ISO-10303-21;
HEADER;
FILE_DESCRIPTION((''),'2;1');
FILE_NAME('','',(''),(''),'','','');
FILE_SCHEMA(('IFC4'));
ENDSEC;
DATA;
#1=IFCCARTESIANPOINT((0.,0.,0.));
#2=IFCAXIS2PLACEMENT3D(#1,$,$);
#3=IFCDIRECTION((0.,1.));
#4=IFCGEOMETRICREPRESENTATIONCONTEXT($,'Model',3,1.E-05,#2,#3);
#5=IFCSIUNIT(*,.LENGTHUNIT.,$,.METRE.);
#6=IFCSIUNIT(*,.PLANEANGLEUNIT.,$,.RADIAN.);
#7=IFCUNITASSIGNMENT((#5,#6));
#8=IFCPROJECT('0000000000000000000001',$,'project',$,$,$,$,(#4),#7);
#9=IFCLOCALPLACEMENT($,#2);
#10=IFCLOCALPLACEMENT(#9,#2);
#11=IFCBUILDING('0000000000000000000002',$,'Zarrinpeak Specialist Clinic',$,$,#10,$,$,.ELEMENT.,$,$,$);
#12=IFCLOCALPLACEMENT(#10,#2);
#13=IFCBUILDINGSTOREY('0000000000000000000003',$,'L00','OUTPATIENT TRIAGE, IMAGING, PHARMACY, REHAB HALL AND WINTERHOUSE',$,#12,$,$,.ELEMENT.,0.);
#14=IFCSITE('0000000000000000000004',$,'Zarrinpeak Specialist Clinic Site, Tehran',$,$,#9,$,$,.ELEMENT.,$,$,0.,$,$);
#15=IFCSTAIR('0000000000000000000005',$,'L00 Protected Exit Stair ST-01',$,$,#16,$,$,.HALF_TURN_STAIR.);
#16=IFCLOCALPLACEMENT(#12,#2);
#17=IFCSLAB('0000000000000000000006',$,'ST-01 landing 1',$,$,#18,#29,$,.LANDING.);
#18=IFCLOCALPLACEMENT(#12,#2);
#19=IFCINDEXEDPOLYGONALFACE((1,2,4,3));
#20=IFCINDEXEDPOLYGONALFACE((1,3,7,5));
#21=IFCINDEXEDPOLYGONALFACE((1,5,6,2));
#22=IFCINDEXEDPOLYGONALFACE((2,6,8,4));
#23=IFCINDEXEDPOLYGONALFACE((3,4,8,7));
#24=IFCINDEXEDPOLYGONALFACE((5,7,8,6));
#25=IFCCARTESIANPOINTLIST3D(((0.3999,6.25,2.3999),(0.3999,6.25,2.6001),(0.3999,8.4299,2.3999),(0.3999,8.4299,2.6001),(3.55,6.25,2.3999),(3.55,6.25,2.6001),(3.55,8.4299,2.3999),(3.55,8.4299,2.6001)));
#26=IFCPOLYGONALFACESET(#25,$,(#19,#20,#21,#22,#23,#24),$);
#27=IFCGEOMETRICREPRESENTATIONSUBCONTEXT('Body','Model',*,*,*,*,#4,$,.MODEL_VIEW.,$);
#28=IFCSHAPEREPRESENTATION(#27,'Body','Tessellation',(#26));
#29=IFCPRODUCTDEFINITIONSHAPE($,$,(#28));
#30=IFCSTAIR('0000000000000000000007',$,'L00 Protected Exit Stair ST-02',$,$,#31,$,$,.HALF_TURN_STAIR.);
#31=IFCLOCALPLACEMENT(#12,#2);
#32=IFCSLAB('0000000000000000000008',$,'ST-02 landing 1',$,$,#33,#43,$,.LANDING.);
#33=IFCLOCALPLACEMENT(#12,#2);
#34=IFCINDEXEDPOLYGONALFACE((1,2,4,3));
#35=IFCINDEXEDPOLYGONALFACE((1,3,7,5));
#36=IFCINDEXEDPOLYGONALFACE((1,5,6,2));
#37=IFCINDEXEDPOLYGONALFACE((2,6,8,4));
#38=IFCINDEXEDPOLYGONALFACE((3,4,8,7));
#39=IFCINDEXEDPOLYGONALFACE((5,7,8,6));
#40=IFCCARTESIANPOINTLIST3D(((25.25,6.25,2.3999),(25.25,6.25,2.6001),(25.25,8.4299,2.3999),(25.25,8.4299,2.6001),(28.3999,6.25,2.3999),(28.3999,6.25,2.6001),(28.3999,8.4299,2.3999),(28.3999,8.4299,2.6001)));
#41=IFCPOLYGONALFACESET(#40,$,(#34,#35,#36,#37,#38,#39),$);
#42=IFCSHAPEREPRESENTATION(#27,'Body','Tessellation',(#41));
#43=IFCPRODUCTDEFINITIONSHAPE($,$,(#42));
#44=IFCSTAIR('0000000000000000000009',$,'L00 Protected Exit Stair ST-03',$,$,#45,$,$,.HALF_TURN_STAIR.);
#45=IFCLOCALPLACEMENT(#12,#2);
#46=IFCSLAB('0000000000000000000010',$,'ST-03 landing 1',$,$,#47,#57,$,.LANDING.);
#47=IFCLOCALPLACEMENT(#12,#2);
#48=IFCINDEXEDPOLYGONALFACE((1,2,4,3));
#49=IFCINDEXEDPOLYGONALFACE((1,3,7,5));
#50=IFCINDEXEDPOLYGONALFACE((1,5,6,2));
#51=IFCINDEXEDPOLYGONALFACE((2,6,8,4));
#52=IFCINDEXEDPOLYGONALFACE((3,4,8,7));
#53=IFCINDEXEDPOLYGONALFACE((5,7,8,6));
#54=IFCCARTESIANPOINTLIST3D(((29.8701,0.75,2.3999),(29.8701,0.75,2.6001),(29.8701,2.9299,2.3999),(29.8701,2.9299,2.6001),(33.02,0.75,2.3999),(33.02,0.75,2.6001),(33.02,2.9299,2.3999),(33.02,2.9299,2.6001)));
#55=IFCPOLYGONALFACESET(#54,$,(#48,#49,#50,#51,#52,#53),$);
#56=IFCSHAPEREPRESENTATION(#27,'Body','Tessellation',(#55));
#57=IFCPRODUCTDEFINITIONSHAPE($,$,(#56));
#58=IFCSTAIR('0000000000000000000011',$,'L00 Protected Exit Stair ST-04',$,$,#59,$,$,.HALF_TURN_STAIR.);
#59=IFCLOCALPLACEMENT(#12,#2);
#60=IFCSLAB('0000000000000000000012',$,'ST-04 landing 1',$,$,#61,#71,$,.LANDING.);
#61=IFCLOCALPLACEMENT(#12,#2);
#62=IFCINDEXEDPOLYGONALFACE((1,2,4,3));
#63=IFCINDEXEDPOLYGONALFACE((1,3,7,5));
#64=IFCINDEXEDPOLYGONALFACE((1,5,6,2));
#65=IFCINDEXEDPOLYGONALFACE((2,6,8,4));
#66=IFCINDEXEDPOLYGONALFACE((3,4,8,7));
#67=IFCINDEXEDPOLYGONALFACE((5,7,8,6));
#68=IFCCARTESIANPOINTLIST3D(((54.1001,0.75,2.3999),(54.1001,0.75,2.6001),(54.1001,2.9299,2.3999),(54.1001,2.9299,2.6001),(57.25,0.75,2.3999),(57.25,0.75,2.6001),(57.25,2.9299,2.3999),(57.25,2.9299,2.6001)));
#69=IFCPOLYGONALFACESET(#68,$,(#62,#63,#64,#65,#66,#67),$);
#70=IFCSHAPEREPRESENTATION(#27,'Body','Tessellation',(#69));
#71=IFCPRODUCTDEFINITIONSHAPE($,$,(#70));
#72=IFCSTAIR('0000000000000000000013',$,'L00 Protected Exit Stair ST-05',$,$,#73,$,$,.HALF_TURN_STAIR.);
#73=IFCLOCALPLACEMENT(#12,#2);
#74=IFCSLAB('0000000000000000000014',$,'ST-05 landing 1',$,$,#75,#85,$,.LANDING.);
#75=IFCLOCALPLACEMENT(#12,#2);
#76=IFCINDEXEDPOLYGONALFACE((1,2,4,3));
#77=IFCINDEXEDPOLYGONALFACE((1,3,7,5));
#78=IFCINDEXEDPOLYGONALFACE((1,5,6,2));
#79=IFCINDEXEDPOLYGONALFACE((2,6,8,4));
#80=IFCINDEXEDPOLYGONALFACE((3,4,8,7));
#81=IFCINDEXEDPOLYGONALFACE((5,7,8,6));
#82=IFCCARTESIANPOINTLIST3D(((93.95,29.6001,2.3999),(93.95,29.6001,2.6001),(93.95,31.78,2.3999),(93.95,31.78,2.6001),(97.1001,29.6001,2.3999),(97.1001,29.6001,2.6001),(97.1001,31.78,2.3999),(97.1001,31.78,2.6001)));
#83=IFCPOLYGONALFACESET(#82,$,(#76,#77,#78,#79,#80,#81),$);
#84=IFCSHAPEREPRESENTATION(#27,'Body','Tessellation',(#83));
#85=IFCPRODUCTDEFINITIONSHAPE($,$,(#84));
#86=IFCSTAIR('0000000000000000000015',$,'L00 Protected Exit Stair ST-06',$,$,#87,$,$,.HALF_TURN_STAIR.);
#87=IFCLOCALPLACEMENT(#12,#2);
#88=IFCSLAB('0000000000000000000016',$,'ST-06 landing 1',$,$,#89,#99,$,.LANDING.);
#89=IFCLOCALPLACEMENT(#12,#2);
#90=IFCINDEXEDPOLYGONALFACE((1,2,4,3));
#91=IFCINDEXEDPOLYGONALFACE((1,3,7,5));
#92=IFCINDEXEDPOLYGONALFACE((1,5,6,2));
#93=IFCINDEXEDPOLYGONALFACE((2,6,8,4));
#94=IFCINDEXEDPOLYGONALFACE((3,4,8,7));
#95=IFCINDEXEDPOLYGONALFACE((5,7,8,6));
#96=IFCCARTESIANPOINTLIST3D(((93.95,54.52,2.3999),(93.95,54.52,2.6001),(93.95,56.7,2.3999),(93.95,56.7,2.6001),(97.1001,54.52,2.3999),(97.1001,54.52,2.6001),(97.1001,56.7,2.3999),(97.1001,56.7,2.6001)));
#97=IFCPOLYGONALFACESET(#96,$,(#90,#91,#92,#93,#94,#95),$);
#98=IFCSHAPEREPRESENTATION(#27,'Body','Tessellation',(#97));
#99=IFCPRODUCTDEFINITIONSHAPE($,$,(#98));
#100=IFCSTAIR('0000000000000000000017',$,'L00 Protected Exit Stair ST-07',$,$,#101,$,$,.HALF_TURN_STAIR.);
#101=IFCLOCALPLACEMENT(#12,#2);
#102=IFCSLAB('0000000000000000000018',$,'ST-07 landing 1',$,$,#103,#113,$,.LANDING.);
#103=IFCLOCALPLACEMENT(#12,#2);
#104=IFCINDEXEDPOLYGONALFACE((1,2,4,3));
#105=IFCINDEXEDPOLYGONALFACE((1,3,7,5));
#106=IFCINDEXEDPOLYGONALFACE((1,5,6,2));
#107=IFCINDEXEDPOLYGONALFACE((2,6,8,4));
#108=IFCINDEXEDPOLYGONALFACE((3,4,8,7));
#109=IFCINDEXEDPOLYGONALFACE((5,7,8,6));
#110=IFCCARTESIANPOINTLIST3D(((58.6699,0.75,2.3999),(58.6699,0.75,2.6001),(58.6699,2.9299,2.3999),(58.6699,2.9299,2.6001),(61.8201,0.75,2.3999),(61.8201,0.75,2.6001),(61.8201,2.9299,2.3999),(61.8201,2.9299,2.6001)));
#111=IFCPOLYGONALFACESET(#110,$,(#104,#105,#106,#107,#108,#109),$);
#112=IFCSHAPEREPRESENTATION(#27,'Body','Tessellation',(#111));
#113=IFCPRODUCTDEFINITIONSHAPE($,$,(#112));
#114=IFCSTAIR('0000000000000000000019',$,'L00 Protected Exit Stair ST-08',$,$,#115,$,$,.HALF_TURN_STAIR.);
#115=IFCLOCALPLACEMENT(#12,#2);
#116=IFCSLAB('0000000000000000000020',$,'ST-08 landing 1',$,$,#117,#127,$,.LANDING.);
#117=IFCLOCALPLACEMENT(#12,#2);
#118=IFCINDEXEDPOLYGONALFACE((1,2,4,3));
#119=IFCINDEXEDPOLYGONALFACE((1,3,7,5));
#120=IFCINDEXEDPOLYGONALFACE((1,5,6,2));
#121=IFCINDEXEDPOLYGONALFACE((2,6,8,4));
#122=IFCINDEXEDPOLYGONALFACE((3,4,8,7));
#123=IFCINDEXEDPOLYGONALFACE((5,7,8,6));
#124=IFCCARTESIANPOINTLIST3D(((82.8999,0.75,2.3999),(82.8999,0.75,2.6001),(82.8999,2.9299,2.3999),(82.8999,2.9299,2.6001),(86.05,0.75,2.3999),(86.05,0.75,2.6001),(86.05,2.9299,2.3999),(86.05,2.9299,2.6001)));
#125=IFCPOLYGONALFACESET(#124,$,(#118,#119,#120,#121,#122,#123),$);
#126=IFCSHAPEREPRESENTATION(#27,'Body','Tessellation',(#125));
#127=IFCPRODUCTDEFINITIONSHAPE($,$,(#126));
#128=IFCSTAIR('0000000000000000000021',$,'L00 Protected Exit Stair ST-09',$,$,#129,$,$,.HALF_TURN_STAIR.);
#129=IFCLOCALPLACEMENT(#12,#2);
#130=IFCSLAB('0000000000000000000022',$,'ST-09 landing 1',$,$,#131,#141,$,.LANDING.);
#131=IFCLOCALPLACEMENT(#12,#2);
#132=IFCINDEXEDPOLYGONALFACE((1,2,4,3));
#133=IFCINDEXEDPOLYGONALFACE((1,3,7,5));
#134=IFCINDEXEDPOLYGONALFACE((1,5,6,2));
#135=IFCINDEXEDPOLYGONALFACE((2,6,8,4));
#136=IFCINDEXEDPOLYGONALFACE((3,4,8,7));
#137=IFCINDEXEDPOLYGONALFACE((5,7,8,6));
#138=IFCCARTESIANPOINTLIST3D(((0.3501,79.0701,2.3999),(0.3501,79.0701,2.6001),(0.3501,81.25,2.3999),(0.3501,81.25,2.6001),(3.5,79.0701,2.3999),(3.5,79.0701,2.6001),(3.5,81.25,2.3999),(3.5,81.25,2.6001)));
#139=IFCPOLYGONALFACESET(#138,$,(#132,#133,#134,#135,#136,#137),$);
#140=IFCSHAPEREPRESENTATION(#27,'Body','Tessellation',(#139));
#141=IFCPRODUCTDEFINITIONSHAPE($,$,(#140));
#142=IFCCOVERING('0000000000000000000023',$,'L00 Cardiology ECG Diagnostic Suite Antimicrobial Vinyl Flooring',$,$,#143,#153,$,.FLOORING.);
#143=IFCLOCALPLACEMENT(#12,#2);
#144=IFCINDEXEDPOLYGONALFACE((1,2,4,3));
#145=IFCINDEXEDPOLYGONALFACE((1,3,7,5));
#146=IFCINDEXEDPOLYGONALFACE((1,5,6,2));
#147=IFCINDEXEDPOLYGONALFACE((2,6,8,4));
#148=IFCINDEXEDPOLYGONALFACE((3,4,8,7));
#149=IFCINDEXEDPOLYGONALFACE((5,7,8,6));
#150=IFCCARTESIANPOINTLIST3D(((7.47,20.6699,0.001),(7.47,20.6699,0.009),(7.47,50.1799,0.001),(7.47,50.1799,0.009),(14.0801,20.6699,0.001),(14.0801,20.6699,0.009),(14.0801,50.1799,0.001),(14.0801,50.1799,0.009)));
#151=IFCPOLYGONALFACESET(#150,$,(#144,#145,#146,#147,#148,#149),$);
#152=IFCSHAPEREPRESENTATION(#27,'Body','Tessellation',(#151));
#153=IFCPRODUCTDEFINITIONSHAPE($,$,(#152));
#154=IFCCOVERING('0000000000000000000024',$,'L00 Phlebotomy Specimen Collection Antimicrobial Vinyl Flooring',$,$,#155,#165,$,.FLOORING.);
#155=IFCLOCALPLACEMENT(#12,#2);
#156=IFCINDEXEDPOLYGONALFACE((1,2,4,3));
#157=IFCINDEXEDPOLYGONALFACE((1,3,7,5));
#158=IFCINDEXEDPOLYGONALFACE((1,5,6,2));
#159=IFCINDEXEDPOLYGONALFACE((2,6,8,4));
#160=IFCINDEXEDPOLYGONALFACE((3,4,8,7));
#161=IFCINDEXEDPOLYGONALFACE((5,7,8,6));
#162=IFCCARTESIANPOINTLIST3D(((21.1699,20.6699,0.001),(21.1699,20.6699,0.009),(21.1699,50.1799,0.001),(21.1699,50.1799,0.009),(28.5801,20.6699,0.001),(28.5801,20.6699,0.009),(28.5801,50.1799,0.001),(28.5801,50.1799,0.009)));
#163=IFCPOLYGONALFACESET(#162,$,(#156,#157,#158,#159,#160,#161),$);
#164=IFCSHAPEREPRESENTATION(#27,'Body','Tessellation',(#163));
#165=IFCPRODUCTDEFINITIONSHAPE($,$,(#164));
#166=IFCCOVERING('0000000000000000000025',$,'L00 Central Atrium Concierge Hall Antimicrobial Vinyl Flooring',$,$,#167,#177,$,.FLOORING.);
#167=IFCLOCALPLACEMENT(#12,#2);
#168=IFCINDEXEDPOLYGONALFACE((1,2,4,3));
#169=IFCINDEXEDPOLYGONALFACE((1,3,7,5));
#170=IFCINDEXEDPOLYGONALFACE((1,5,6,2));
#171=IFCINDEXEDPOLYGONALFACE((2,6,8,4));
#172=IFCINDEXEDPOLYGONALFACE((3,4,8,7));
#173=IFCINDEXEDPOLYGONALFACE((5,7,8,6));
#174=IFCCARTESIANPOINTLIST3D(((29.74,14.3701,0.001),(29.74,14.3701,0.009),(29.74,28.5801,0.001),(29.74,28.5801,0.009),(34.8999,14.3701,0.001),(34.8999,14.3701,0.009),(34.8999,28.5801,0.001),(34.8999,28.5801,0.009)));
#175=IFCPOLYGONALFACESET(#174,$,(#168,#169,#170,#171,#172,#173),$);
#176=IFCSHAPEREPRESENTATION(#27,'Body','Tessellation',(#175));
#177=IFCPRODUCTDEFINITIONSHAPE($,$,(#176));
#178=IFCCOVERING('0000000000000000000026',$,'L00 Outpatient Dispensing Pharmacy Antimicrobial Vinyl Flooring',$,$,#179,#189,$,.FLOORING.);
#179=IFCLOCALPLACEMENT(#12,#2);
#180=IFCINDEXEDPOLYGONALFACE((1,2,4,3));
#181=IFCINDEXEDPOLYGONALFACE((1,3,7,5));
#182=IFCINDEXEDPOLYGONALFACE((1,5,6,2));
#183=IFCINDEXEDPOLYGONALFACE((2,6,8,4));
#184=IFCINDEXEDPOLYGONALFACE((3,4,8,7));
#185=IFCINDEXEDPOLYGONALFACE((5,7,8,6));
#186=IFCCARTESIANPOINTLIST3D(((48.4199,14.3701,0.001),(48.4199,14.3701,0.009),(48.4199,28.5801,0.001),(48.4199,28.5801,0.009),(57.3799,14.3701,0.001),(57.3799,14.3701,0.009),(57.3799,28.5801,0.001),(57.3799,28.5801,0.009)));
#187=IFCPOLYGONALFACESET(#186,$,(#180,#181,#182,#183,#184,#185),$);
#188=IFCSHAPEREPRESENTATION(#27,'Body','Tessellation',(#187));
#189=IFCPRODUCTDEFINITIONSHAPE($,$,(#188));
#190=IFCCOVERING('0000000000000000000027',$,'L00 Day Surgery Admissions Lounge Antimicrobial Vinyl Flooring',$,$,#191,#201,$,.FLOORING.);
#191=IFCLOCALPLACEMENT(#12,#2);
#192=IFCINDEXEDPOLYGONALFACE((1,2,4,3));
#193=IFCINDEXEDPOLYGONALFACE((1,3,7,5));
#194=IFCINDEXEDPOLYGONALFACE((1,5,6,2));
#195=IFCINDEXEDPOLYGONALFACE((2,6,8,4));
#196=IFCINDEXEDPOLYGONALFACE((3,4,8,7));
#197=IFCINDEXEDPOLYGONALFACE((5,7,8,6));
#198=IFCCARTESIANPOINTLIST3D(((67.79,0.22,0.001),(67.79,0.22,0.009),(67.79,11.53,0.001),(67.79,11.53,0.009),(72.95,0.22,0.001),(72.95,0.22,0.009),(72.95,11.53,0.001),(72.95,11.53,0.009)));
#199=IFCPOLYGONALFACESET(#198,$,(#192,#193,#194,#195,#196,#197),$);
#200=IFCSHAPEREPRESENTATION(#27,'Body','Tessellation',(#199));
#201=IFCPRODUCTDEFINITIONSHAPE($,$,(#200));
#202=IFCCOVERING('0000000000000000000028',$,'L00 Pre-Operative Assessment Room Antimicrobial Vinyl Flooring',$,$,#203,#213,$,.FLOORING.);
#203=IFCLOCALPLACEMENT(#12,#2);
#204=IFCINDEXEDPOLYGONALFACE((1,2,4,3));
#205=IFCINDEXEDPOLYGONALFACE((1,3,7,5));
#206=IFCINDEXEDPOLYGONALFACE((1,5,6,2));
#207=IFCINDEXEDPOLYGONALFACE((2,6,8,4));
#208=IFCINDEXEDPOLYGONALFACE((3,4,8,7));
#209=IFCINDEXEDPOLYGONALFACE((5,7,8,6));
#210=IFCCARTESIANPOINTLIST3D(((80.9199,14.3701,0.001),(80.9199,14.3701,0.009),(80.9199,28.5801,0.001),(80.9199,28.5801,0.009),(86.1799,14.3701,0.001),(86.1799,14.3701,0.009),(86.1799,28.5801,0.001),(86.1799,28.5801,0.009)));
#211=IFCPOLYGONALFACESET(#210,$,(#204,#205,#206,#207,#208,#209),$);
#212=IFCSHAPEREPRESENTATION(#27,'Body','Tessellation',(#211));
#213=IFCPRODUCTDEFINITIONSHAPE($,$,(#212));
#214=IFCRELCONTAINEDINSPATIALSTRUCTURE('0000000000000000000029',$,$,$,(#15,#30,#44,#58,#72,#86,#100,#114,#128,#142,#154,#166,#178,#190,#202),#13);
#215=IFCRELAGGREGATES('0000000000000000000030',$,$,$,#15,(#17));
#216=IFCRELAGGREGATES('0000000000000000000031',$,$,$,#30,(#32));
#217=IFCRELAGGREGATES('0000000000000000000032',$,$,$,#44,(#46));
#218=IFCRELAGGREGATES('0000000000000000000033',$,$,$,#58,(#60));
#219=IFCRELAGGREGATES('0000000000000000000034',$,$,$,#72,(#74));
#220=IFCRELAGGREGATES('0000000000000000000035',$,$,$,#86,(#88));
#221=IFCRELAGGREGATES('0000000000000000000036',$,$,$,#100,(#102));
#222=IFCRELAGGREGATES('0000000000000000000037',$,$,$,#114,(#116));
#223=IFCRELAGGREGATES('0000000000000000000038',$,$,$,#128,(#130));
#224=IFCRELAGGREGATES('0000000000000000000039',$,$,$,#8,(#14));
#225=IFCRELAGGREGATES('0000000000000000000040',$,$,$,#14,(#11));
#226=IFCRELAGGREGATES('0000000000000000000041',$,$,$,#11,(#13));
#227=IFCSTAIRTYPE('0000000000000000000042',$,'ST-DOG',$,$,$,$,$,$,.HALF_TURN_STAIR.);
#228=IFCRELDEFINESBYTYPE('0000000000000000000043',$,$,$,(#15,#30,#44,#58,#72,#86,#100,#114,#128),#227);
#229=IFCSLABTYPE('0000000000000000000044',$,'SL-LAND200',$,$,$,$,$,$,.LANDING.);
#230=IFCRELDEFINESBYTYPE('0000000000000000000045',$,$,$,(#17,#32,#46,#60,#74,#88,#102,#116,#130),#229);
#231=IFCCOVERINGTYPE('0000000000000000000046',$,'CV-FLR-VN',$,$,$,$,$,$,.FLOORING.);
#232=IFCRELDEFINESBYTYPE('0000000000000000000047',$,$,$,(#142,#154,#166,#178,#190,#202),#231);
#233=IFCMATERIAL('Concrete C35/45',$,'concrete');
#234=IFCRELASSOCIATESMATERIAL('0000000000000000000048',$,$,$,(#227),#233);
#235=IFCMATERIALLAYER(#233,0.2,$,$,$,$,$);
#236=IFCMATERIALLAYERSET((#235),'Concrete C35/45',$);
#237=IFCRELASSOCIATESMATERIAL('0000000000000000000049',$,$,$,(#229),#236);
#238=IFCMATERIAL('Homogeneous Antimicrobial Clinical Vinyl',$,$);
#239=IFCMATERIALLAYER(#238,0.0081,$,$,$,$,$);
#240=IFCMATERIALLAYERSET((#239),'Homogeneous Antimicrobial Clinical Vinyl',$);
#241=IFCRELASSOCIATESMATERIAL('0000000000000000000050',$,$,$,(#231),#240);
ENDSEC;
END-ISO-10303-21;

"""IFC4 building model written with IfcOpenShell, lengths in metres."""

from ifc_helpers import new_model, si_unit, direction, frame, origin, place, context, subcontext, project, spatial, polyline, outline, extrude, material, layer, layer_set, type_object, element, aggregate, save


model = new_model("IFC4")

# Units and contexts
model_context = context("Model", 3, precision=1e-05, world=origin(), true_north=direction((0.0, 1.0)))
body_context = subcontext(model_context, "Body", "Model", "MODEL_VIEW")
ifc_project = project(units=[si_unit("LENGTHUNIT", "METRE"), si_unit("PLANEANGLEUNIT", "RADIAN")], contexts=[model_context])

# Site, building, storey
site_placement = place(None, origin())
site = spatial("IfcSite", under=ifc_project, at=site_placement, Name="Zarrinpeak Specialist Clinic Site, Tehran", CompositionType="ELEMENT", RefElevation=0.0)
building_placement = place(site_placement, origin())
building = spatial("IfcBuilding", under=site, at=building_placement, Name="Zarrinpeak Specialist Clinic", CompositionType="ELEMENT")
storey_placement = place(building_placement, origin())
storey = spatial("IfcBuildingStorey", under=building, at=storey_placement, Name="L00", Description="OUTPATIENT TRIAGE, IMAGING, PHARMACY, REHAB HALL AND WINTERHOUSE", CompositionType="ELEMENT", Elevation=0.0)

# Stairs, slabs
ifc_material_1 = material(Name="Concrete C35/45", Category="concrete")
stair_type = type_object("IfcStairType", Name="ST-DOG", PredefinedType="HALF_TURN_STAIR", material=ifc_material_1)
stair_1_placement = place(storey_placement, origin())
stair_1 = element("IfcStair", 1, at=stair_1_placement, inside=storey, type_object=stair_type, Name="L00 Protected Exit Stair ST-01", PredefinedType="HALF_TURN_STAIR")
ifc_layer_1 = layer(ifc_material_1, 0.2)
ifc_layer_set_1 = layer_set([ifc_layer_1], Name="Concrete C35/45")
slab_type = type_object("IfcSlabType", Name="SL-LAND200", PredefinedType="LANDING", material=ifc_layer_set_1)
slab_1_placement = place(storey_placement, frame((0.0, 0.0, 2.3999)))
slab_1 = element("IfcSlab", 2, at=slab_1_placement, type_object=slab_type, Name="ST-01 landing 1", PredefinedType="LANDING", context=body_context, shape_type="SweptSolid", body=[
    extrude(outline(polyline([(0.3999, 8.4299), (0.3999, 6.25), (3.55, 6.25), (3.55, 8.4299), (0.3999, 8.4299)])), origin(), (0.0, 0.0, 1.0), 0.2002),
])
aggregate(stair_1, [slab_1])
stair_2_placement = place(storey_placement, origin())
stair_2 = element("IfcStair", 3, at=stair_2_placement, inside=storey, type_object=stair_type, Name="L00 Protected Exit Stair ST-02", PredefinedType="HALF_TURN_STAIR")
slab_2_placement = place(storey_placement, frame((0.0, 0.0, 2.3999)))
slab_2 = element("IfcSlab", 4, at=slab_2_placement, type_object=slab_type, Name="ST-02 landing 1", PredefinedType="LANDING", context=body_context, shape_type="SweptSolid", body=[
    extrude(outline(polyline([(25.25, 8.4299), (25.25, 6.25), (28.3999, 6.25), (28.3999, 8.4299), (25.25, 8.4299)])), origin(), (0.0, 0.0, 1.0), 0.2002),
])
aggregate(stair_2, [slab_2])
stair_3_placement = place(storey_placement, origin())
stair_3 = element("IfcStair", 5, at=stair_3_placement, inside=storey, type_object=stair_type, Name="L00 Protected Exit Stair ST-03", PredefinedType="HALF_TURN_STAIR")
slab_3_placement = place(storey_placement, frame((0.0, 0.0, 2.3999)))
slab_3 = element("IfcSlab", 6, at=slab_3_placement, type_object=slab_type, Name="ST-03 landing 1", PredefinedType="LANDING", context=body_context, shape_type="SweptSolid", body=[
    extrude(outline(polyline([(29.8701, 2.9299), (29.8701, 0.75), (33.02, 0.75), (33.02, 2.9299), (29.8701, 2.9299)])), origin(), (0.0, 0.0, 1.0), 0.2002),
])
aggregate(stair_3, [slab_3])
stair_4_placement = place(storey_placement, origin())
stair_4 = element("IfcStair", 7, at=stair_4_placement, inside=storey, type_object=stair_type, Name="L00 Protected Exit Stair ST-04", PredefinedType="HALF_TURN_STAIR")
slab_4_placement = place(storey_placement, frame((0.0, 0.0, 2.3999)))
slab_4 = element("IfcSlab", 8, at=slab_4_placement, type_object=slab_type, Name="ST-04 landing 1", PredefinedType="LANDING", context=body_context, shape_type="SweptSolid", body=[
    extrude(outline(polyline([(54.1001, 2.9299), (54.1001, 0.75), (57.25, 0.75), (57.25, 2.9299), (54.1001, 2.9299)])), origin(), (0.0, 0.0, 1.0), 0.2002),
])
aggregate(stair_4, [slab_4])
stair_5_placement = place(storey_placement, origin())
stair_5 = element("IfcStair", 9, at=stair_5_placement, inside=storey, type_object=stair_type, Name="L00 Protected Exit Stair ST-05", PredefinedType="HALF_TURN_STAIR")
slab_5_placement = place(storey_placement, frame((0.0, 0.0, 2.3999)))
slab_5 = element("IfcSlab", 10, at=slab_5_placement, type_object=slab_type, Name="ST-05 landing 1", PredefinedType="LANDING", context=body_context, shape_type="SweptSolid", body=[
    extrude(outline(polyline([(93.95, 31.78), (93.95, 29.6001), (97.1001, 29.6001), (97.1001, 31.78), (93.95, 31.78)])), origin(), (0.0, 0.0, 1.0), 0.2002),
])
aggregate(stair_5, [slab_5])
stair_6_placement = place(storey_placement, origin())
stair_6 = element("IfcStair", 11, at=stair_6_placement, inside=storey, type_object=stair_type, Name="L00 Protected Exit Stair ST-06", PredefinedType="HALF_TURN_STAIR")
slab_6_placement = place(storey_placement, frame((0.0, 0.0, 2.3999)))
slab_6 = element("IfcSlab", 12, at=slab_6_placement, type_object=slab_type, Name="ST-06 landing 1", PredefinedType="LANDING", context=body_context, shape_type="SweptSolid", body=[
    extrude(outline(polyline([(97.1001, 54.52), (97.1001, 56.7), (93.95, 56.7), (93.95, 54.52), (97.1001, 54.52)])), origin(), (0.0, 0.0, 1.0), 0.2002),
])
aggregate(stair_6, [slab_6])
stair_7_placement = place(storey_placement, origin())
stair_7 = element("IfcStair", 13, at=stair_7_placement, inside=storey, type_object=stair_type, Name="L00 Protected Exit Stair ST-07", PredefinedType="HALF_TURN_STAIR")
slab_7_placement = place(storey_placement, frame((0.0, 0.0, 2.3999)))
slab_7 = element("IfcSlab", 14, at=slab_7_placement, type_object=slab_type, Name="ST-07 landing 1", PredefinedType="LANDING", context=body_context, shape_type="SweptSolid", body=[
    extrude(outline(polyline([(58.6699, 2.9299), (58.6699, 0.75), (61.8201, 0.75), (61.8201, 2.9299), (58.6699, 2.9299)])), origin(), (0.0, 0.0, 1.0), 0.2002),
])
aggregate(stair_7, [slab_7])
stair_8_placement = place(storey_placement, origin())
stair_8 = element("IfcStair", 15, at=stair_8_placement, inside=storey, type_object=stair_type, Name="L00 Protected Exit Stair ST-08", PredefinedType="HALF_TURN_STAIR")
slab_8_placement = place(storey_placement, frame((0.0, 0.0, 2.3999)))
slab_8 = element("IfcSlab", 16, at=slab_8_placement, type_object=slab_type, Name="ST-08 landing 1", PredefinedType="LANDING", context=body_context, shape_type="SweptSolid", body=[
    extrude(outline(polyline([(82.8999, 2.9299), (82.8999, 0.75), (86.05, 0.75), (86.05, 2.9299), (82.8999, 2.9299)])), origin(), (0.0, 0.0, 1.0), 0.2002),
])
aggregate(stair_8, [slab_8])
stair_9_placement = place(storey_placement, origin())
stair_9 = element("IfcStair", 17, at=stair_9_placement, inside=storey, type_object=stair_type, Name="L00 Protected Exit Stair ST-09", PredefinedType="HALF_TURN_STAIR")
slab_9_placement = place(storey_placement, frame((0.0, 0.0, 2.3999)))
slab_9 = element("IfcSlab", 18, at=slab_9_placement, type_object=slab_type, Name="ST-09 landing 1", PredefinedType="LANDING", context=body_context, shape_type="SweptSolid", body=[
    extrude(outline(polyline([(3.5, 79.0701), (3.5, 81.25), (0.3501, 81.25), (0.3501, 79.0701), (3.5, 79.0701)])), origin(), (0.0, 0.0, 1.0), 0.2002),
])
aggregate(stair_9, [slab_9])

# Coverings
ifc_material_2 = material(Name="Homogeneous Antimicrobial Clinical Vinyl")
ifc_layer_2 = layer(ifc_material_2, 0.0081)
ifc_layer_set_2 = layer_set([ifc_layer_2], Name="Homogeneous Antimicrobial Clinical Vinyl")
covering_type = type_object("IfcCoveringType", Name="CV-FLR-VN", PredefinedType="FLOORING", material=ifc_layer_set_2)
covering_1_placement = place(storey_placement, frame((0.0, 0.0, 0.001)))
element("IfcCovering", 19, at=covering_1_placement, inside=storey, type_object=covering_type, Name="L00 Cardiology ECG Diagnostic Suite Antimicrobial Vinyl Flooring", PredefinedType="FLOORING", context=body_context, shape_type="SweptSolid", body=[
    extrude(outline(polyline([(7.47, 20.6699), (14.0801, 20.6699), (14.0801, 50.1799), (7.47, 50.1799), (7.47, 20.6699)])), origin(), (0.0, 0.0, 1.0), 0.0081),
])
covering_2_placement = place(storey_placement, frame((0.0, 0.0, 0.001)))
element("IfcCovering", 20, at=covering_2_placement, inside=storey, type_object=covering_type, Name="L00 Phlebotomy Specimen Collection Antimicrobial Vinyl Flooring", PredefinedType="FLOORING", context=body_context, shape_type="SweptSolid", body=[
    extrude(outline(polyline([(21.1699, 20.6699), (28.5801, 20.6699), (28.5801, 50.1799), (21.1699, 50.1799), (21.1699, 20.6699)])), origin(), (0.0, 0.0, 1.0), 0.0081),
])
covering_3_placement = place(storey_placement, frame((0.0, 0.0, 0.001)))
element("IfcCovering", 21, at=covering_3_placement, inside=storey, type_object=covering_type, Name="L00 Central Atrium Concierge Hall Antimicrobial Vinyl Flooring", PredefinedType="FLOORING", context=body_context, shape_type="SweptSolid", body=[
    extrude(outline(polyline([(29.74, 14.3701), (34.8999, 14.3701), (34.8999, 28.5801), (29.74, 28.5801), (29.74, 14.3701)])), origin(), (0.0, 0.0, 1.0), 0.0081),
])
covering_4_placement = place(storey_placement, frame((0.0, 0.0, 0.001)))
element("IfcCovering", 22, at=covering_4_placement, inside=storey, type_object=covering_type, Name="L00 Outpatient Dispensing Pharmacy Antimicrobial Vinyl Flooring", PredefinedType="FLOORING", context=body_context, shape_type="SweptSolid", body=[
    extrude(outline(polyline([(48.4199, 14.3701), (57.3799, 14.3701), (57.3799, 28.5801), (48.4199, 28.5801), (48.4199, 14.3701)])), origin(), (0.0, 0.0, 1.0), 0.0081),
])
covering_5_placement = place(storey_placement, frame((0.0, 0.0, 0.001)))
element("IfcCovering", 23, at=covering_5_placement, inside=storey, type_object=covering_type, Name="L00 Day Surgery Admissions Lounge Antimicrobial Vinyl Flooring", PredefinedType="FLOORING", context=body_context, shape_type="SweptSolid", body=[
    extrude(outline(polyline([(67.79, 0.22), (72.95, 0.22), (72.95, 11.53), (67.79, 11.53), (67.79, 0.22)])), origin(), (0.0, 0.0, 1.0), 0.0081),
])
covering_6_placement = place(storey_placement, frame((0.0, 0.0, 0.001)))
element("IfcCovering", 24, at=covering_6_placement, inside=storey, type_object=covering_type, Name="L00 Pre-Operative Assessment Room Antimicrobial Vinyl Flooring", PredefinedType="FLOORING", context=body_context, shape_type="SweptSolid", body=[
    extrude(outline(polyline([(80.9199, 14.3701), (86.1799, 14.3701), (86.1799, 28.5801), (80.9199, 28.5801), (80.9199, 14.3701)])), origin(), (0.0, 0.0, 1.0), 0.0081),
])

save(model, "model.ifc")
